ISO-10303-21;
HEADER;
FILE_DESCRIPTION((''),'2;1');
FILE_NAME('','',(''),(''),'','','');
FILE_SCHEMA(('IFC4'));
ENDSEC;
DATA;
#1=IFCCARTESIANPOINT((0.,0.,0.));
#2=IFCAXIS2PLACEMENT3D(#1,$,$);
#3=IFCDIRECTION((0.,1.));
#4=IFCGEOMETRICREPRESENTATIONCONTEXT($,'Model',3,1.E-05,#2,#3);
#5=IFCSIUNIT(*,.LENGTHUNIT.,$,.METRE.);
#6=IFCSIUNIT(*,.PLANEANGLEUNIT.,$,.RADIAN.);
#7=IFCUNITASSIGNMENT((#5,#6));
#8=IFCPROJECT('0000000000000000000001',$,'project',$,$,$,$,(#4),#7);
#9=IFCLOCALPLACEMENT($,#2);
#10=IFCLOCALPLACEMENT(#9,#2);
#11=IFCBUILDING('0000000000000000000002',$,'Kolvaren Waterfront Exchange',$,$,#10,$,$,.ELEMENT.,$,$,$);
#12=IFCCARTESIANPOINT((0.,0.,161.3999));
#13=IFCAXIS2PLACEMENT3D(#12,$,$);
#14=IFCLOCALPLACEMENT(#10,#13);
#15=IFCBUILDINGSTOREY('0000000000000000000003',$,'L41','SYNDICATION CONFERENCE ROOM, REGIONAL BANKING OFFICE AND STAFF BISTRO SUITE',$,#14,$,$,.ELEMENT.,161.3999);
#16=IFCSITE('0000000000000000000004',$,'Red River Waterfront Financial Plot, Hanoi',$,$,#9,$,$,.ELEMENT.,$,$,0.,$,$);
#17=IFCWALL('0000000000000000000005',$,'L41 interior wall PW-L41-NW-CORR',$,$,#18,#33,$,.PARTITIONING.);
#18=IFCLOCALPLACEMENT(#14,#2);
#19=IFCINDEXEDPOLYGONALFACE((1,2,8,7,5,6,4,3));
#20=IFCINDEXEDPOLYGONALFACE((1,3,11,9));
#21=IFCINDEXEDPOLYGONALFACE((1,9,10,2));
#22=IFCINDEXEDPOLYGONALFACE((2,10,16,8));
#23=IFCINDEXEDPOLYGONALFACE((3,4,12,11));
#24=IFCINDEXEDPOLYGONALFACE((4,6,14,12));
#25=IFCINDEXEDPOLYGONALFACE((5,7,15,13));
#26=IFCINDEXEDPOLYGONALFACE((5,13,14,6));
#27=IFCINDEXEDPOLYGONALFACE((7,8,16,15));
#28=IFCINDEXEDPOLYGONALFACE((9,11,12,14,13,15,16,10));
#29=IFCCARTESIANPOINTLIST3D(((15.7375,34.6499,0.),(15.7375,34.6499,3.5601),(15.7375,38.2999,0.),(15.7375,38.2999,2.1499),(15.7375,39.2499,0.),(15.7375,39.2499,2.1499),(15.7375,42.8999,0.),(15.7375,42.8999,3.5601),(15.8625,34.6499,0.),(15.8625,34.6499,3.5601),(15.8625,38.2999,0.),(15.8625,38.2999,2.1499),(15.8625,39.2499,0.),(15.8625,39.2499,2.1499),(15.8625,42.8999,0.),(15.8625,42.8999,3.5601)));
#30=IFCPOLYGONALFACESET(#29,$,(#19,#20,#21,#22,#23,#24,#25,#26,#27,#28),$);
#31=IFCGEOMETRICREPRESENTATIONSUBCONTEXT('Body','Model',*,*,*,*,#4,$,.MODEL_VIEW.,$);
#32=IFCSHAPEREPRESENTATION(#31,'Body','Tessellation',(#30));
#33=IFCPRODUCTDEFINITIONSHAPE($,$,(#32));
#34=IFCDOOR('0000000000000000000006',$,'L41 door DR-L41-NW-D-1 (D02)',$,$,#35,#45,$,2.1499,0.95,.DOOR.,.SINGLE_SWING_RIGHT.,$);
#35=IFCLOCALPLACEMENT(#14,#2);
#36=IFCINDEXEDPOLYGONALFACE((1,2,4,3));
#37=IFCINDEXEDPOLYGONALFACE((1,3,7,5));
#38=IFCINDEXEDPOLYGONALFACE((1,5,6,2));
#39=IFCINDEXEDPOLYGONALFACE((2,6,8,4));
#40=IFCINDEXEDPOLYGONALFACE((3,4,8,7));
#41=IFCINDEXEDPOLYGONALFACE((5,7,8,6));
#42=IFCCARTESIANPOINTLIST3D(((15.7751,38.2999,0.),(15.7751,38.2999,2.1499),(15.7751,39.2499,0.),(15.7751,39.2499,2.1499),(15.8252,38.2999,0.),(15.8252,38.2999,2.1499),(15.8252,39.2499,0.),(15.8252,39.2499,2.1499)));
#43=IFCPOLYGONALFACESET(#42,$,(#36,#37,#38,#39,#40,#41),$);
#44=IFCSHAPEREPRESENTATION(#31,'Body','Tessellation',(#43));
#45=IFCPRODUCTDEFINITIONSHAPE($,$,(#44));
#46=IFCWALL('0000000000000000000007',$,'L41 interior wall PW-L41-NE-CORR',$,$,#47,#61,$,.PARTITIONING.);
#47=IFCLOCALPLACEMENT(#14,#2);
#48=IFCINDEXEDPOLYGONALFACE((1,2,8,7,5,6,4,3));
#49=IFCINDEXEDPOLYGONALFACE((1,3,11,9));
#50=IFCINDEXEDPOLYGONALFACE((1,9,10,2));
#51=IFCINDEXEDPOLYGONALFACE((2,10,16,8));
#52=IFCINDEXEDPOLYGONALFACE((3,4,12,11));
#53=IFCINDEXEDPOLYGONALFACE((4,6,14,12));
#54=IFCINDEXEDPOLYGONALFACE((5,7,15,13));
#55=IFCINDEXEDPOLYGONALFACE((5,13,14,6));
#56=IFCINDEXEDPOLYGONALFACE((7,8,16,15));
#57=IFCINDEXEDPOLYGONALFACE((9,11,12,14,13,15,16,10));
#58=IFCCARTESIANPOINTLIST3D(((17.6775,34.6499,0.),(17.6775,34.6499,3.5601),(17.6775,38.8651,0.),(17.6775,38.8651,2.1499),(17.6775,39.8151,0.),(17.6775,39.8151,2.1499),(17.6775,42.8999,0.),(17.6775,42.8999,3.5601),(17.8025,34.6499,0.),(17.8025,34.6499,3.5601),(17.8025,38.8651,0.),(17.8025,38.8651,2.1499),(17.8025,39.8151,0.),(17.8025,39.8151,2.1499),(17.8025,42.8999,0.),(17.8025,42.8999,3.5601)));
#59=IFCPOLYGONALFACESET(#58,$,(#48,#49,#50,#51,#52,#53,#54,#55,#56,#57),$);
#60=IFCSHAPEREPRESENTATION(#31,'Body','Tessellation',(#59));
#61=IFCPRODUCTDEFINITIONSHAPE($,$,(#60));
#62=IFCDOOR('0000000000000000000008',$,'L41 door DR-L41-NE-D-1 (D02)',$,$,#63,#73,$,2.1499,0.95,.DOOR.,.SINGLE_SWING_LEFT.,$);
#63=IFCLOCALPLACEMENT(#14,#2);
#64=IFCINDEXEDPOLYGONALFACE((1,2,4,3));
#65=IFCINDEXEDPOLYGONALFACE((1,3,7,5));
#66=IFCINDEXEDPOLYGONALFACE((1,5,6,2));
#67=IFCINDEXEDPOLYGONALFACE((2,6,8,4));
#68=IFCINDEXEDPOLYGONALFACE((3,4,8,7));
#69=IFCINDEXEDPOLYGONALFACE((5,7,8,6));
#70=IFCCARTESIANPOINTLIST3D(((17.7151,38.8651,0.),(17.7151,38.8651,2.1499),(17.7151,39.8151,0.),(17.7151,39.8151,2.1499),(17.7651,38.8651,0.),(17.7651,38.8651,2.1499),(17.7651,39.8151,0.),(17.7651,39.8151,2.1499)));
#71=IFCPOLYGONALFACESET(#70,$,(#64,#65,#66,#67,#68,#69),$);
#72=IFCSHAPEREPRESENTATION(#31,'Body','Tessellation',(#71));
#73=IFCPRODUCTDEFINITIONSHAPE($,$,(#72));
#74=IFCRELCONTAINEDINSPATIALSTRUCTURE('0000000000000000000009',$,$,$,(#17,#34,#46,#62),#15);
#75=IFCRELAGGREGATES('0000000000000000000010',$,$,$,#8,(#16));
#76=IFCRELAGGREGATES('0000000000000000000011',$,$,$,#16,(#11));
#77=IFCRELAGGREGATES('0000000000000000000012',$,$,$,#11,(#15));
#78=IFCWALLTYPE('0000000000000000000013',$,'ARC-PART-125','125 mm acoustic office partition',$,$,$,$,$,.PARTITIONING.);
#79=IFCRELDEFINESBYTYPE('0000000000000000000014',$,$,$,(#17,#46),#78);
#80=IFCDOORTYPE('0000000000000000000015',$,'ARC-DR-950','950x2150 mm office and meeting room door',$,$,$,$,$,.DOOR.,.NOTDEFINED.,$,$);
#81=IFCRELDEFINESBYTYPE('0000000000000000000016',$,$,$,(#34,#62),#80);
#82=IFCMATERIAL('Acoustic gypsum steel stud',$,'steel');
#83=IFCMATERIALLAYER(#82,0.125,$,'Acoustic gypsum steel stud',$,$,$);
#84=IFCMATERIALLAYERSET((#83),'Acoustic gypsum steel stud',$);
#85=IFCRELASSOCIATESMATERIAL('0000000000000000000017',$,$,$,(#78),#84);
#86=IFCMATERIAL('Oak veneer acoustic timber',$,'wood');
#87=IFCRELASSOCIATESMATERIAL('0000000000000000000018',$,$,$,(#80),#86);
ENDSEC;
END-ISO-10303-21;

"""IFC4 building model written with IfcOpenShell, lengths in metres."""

from ifc_helpers import new_model, si_unit, direction, frame, frame_2d, origin, place, context, subcontext, project, spatial, rectangle, extrude, material, layer, layer_set, type_object, element, fill, save


model = new_model("IFC4")

# Units and contexts
model_context = context("Model", 3, precision=1e-05, world=origin(), true_north=direction((0.0, 1.0)))
body_context = subcontext(model_context, "Body", "Model", "MODEL_VIEW")
ifc_project = project(units=[si_unit("LENGTHUNIT", "METRE"), si_unit("PLANEANGLEUNIT", "RADIAN")], contexts=[model_context])

# Site, building, storey
site_placement = place(None, origin())
site = spatial("IfcSite", under=ifc_project, at=site_placement, Name="Red River Waterfront Financial Plot, Hanoi", CompositionType="ELEMENT", RefElevation=0.0)
building_placement = place(site_placement, origin())
building = spatial("IfcBuilding", under=site, at=building_placement, Name="Kolvaren Waterfront Exchange", CompositionType="ELEMENT")
storey_placement = place(building_placement, frame((0.0, 0.0, 161.3999)))
storey = spatial("IfcBuildingStorey", under=building, at=storey_placement, Name="L41", Description="SYNDICATION CONFERENCE ROOM, REGIONAL BANKING OFFICE AND STAFF BISTRO SUITE", CompositionType="ELEMENT", Elevation=161.3999)

# Shared definitions
ifc_material_1 = material(Name="Acoustic gypsum steel stud", Category="steel")
ifc_layer_1 = layer(ifc_material_1, 0.125, Name="Acoustic gypsum steel stud")
ifc_layer_set_1 = layer_set([ifc_layer_1], Name="Acoustic gypsum steel stud")
wall_type = type_object("IfcWallType", Name="ARC-PART-125", Description="125 mm acoustic office partition", PredefinedType="PARTITIONING", material=ifc_layer_set_1)

# Walls, openings, doors
wall_1_placement = place(storey_placement, frame((15.8, 34.6499, 0.0), z_axis=(0.0, 0.0, 1.0), x_axis=(0.0, 1.0, 0.0)))
wall_1 = element("IfcWall", 1, at=wall_1_placement, inside=storey, type_object=wall_type, Name="L41 interior wall PW-L41-NW-CORR", PredefinedType="PARTITIONING", context=body_context, shape_type="SweptSolid", body=[
    extrude(rectangle(XDim=8.25, YDim=0.125, at=frame_2d((4.125, 0.0))), origin(), (0.0, 0.0, 1.0), 3.5601),
])
opening_1_placement = place(wall_1_placement, frame((3.6499, 0.0, 0.0)))
opening_1 = element("IfcOpeningElement", 2, at=opening_1_placement, cuts=wall_1, PredefinedType="OPENING", context=body_context, shape_type="SweptSolid", body=[
    extrude(rectangle(XDim=0.95, YDim=2.1499, at=frame_2d((0.4751, 1.075))), frame((0.0, 0.0725, 0.0), z_axis=(0.0, -1.0, 0.0), x_axis=(1.0, 0.0, 0.0)), (0.0, 0.0, 1.0), 0.145),
])
ifc_material_2 = material(Name="Oak veneer acoustic timber", Category="wood")
door_type = type_object("IfcDoorType", Name="ARC-DR-950", Description="950x2150 mm office and meeting room door", OperationType="NOTDEFINED", PredefinedType="DOOR", material=ifc_material_2)
door_1_placement = place(opening_1_placement, origin())
door_1 = element("IfcDoor", 3, at=door_1_placement, inside=storey, type_object=door_type, Name="L41 door DR-L41-NW-D-1 (D02)", OperationType="SINGLE_SWING_RIGHT", OverallHeight=2.1499, OverallWidth=0.95, PredefinedType="DOOR", context=body_context, shape_type="SweptSolid", body=[
    extrude(rectangle(XDim=0.95, YDim=2.1499, at=frame_2d((0.4751, 1.075))), frame((0.0, 0.0249, 0.0), z_axis=(0.0, -1.0, 0.0), x_axis=(1.0, 0.0, 0.0)), (0.0, 0.0, 1.0), 0.05),
])
fill(opening_1, door_1)
wall_2_placement = place(storey_placement, frame((17.74, 34.6499, 0.0), z_axis=(0.0, 0.0, 1.0), x_axis=(0.0, 1.0, 0.0)))
wall_2 = element("IfcWall", 4, at=wall_2_placement, inside=storey, type_object=wall_type, Name="L41 interior wall PW-L41-NE-CORR", PredefinedType="PARTITIONING", context=body_context, shape_type="SweptSolid", body=[
    extrude(rectangle(XDim=8.25, YDim=0.125, at=frame_2d((4.125, 0.0))), origin(), (0.0, 0.0, 1.0), 3.5601),
])
opening_2_placement = place(wall_2_placement, frame((4.2151, 0.0, 0.0)))
opening_2 = element("IfcOpeningElement", 5, at=opening_2_placement, cuts=wall_2, PredefinedType="OPENING", context=body_context, shape_type="SweptSolid", body=[
    extrude(rectangle(XDim=0.95, YDim=2.1499, at=frame_2d((0.4751, 1.075))), frame((0.0, 0.0725, 0.0), z_axis=(0.0, -1.0, 0.0), x_axis=(1.0, 0.0, 0.0)), (0.0, 0.0, 1.0), 0.145),
])
door_2_placement = place(opening_2_placement, origin())
door_2 = element("IfcDoor", 6, at=door_2_placement, inside=storey, type_object=door_type, Name="L41 door DR-L41-NE-D-1 (D02)", OperationType="SINGLE_SWING_LEFT", OverallHeight=2.1499, OverallWidth=0.95, PredefinedType="DOOR", context=body_context, shape_type="SweptSolid", body=[
    extrude(rectangle(XDim=0.95, YDim=2.1499, at=frame_2d((0.4751, 1.075))), frame((0.0, 0.0249, 0.0), z_axis=(0.0, -1.0, 0.0), x_axis=(1.0, 0.0, 0.0)), (0.0, 0.0, 1.0), 0.05),
])
fill(opening_2, door_2)

save(model, "model.ifc")
